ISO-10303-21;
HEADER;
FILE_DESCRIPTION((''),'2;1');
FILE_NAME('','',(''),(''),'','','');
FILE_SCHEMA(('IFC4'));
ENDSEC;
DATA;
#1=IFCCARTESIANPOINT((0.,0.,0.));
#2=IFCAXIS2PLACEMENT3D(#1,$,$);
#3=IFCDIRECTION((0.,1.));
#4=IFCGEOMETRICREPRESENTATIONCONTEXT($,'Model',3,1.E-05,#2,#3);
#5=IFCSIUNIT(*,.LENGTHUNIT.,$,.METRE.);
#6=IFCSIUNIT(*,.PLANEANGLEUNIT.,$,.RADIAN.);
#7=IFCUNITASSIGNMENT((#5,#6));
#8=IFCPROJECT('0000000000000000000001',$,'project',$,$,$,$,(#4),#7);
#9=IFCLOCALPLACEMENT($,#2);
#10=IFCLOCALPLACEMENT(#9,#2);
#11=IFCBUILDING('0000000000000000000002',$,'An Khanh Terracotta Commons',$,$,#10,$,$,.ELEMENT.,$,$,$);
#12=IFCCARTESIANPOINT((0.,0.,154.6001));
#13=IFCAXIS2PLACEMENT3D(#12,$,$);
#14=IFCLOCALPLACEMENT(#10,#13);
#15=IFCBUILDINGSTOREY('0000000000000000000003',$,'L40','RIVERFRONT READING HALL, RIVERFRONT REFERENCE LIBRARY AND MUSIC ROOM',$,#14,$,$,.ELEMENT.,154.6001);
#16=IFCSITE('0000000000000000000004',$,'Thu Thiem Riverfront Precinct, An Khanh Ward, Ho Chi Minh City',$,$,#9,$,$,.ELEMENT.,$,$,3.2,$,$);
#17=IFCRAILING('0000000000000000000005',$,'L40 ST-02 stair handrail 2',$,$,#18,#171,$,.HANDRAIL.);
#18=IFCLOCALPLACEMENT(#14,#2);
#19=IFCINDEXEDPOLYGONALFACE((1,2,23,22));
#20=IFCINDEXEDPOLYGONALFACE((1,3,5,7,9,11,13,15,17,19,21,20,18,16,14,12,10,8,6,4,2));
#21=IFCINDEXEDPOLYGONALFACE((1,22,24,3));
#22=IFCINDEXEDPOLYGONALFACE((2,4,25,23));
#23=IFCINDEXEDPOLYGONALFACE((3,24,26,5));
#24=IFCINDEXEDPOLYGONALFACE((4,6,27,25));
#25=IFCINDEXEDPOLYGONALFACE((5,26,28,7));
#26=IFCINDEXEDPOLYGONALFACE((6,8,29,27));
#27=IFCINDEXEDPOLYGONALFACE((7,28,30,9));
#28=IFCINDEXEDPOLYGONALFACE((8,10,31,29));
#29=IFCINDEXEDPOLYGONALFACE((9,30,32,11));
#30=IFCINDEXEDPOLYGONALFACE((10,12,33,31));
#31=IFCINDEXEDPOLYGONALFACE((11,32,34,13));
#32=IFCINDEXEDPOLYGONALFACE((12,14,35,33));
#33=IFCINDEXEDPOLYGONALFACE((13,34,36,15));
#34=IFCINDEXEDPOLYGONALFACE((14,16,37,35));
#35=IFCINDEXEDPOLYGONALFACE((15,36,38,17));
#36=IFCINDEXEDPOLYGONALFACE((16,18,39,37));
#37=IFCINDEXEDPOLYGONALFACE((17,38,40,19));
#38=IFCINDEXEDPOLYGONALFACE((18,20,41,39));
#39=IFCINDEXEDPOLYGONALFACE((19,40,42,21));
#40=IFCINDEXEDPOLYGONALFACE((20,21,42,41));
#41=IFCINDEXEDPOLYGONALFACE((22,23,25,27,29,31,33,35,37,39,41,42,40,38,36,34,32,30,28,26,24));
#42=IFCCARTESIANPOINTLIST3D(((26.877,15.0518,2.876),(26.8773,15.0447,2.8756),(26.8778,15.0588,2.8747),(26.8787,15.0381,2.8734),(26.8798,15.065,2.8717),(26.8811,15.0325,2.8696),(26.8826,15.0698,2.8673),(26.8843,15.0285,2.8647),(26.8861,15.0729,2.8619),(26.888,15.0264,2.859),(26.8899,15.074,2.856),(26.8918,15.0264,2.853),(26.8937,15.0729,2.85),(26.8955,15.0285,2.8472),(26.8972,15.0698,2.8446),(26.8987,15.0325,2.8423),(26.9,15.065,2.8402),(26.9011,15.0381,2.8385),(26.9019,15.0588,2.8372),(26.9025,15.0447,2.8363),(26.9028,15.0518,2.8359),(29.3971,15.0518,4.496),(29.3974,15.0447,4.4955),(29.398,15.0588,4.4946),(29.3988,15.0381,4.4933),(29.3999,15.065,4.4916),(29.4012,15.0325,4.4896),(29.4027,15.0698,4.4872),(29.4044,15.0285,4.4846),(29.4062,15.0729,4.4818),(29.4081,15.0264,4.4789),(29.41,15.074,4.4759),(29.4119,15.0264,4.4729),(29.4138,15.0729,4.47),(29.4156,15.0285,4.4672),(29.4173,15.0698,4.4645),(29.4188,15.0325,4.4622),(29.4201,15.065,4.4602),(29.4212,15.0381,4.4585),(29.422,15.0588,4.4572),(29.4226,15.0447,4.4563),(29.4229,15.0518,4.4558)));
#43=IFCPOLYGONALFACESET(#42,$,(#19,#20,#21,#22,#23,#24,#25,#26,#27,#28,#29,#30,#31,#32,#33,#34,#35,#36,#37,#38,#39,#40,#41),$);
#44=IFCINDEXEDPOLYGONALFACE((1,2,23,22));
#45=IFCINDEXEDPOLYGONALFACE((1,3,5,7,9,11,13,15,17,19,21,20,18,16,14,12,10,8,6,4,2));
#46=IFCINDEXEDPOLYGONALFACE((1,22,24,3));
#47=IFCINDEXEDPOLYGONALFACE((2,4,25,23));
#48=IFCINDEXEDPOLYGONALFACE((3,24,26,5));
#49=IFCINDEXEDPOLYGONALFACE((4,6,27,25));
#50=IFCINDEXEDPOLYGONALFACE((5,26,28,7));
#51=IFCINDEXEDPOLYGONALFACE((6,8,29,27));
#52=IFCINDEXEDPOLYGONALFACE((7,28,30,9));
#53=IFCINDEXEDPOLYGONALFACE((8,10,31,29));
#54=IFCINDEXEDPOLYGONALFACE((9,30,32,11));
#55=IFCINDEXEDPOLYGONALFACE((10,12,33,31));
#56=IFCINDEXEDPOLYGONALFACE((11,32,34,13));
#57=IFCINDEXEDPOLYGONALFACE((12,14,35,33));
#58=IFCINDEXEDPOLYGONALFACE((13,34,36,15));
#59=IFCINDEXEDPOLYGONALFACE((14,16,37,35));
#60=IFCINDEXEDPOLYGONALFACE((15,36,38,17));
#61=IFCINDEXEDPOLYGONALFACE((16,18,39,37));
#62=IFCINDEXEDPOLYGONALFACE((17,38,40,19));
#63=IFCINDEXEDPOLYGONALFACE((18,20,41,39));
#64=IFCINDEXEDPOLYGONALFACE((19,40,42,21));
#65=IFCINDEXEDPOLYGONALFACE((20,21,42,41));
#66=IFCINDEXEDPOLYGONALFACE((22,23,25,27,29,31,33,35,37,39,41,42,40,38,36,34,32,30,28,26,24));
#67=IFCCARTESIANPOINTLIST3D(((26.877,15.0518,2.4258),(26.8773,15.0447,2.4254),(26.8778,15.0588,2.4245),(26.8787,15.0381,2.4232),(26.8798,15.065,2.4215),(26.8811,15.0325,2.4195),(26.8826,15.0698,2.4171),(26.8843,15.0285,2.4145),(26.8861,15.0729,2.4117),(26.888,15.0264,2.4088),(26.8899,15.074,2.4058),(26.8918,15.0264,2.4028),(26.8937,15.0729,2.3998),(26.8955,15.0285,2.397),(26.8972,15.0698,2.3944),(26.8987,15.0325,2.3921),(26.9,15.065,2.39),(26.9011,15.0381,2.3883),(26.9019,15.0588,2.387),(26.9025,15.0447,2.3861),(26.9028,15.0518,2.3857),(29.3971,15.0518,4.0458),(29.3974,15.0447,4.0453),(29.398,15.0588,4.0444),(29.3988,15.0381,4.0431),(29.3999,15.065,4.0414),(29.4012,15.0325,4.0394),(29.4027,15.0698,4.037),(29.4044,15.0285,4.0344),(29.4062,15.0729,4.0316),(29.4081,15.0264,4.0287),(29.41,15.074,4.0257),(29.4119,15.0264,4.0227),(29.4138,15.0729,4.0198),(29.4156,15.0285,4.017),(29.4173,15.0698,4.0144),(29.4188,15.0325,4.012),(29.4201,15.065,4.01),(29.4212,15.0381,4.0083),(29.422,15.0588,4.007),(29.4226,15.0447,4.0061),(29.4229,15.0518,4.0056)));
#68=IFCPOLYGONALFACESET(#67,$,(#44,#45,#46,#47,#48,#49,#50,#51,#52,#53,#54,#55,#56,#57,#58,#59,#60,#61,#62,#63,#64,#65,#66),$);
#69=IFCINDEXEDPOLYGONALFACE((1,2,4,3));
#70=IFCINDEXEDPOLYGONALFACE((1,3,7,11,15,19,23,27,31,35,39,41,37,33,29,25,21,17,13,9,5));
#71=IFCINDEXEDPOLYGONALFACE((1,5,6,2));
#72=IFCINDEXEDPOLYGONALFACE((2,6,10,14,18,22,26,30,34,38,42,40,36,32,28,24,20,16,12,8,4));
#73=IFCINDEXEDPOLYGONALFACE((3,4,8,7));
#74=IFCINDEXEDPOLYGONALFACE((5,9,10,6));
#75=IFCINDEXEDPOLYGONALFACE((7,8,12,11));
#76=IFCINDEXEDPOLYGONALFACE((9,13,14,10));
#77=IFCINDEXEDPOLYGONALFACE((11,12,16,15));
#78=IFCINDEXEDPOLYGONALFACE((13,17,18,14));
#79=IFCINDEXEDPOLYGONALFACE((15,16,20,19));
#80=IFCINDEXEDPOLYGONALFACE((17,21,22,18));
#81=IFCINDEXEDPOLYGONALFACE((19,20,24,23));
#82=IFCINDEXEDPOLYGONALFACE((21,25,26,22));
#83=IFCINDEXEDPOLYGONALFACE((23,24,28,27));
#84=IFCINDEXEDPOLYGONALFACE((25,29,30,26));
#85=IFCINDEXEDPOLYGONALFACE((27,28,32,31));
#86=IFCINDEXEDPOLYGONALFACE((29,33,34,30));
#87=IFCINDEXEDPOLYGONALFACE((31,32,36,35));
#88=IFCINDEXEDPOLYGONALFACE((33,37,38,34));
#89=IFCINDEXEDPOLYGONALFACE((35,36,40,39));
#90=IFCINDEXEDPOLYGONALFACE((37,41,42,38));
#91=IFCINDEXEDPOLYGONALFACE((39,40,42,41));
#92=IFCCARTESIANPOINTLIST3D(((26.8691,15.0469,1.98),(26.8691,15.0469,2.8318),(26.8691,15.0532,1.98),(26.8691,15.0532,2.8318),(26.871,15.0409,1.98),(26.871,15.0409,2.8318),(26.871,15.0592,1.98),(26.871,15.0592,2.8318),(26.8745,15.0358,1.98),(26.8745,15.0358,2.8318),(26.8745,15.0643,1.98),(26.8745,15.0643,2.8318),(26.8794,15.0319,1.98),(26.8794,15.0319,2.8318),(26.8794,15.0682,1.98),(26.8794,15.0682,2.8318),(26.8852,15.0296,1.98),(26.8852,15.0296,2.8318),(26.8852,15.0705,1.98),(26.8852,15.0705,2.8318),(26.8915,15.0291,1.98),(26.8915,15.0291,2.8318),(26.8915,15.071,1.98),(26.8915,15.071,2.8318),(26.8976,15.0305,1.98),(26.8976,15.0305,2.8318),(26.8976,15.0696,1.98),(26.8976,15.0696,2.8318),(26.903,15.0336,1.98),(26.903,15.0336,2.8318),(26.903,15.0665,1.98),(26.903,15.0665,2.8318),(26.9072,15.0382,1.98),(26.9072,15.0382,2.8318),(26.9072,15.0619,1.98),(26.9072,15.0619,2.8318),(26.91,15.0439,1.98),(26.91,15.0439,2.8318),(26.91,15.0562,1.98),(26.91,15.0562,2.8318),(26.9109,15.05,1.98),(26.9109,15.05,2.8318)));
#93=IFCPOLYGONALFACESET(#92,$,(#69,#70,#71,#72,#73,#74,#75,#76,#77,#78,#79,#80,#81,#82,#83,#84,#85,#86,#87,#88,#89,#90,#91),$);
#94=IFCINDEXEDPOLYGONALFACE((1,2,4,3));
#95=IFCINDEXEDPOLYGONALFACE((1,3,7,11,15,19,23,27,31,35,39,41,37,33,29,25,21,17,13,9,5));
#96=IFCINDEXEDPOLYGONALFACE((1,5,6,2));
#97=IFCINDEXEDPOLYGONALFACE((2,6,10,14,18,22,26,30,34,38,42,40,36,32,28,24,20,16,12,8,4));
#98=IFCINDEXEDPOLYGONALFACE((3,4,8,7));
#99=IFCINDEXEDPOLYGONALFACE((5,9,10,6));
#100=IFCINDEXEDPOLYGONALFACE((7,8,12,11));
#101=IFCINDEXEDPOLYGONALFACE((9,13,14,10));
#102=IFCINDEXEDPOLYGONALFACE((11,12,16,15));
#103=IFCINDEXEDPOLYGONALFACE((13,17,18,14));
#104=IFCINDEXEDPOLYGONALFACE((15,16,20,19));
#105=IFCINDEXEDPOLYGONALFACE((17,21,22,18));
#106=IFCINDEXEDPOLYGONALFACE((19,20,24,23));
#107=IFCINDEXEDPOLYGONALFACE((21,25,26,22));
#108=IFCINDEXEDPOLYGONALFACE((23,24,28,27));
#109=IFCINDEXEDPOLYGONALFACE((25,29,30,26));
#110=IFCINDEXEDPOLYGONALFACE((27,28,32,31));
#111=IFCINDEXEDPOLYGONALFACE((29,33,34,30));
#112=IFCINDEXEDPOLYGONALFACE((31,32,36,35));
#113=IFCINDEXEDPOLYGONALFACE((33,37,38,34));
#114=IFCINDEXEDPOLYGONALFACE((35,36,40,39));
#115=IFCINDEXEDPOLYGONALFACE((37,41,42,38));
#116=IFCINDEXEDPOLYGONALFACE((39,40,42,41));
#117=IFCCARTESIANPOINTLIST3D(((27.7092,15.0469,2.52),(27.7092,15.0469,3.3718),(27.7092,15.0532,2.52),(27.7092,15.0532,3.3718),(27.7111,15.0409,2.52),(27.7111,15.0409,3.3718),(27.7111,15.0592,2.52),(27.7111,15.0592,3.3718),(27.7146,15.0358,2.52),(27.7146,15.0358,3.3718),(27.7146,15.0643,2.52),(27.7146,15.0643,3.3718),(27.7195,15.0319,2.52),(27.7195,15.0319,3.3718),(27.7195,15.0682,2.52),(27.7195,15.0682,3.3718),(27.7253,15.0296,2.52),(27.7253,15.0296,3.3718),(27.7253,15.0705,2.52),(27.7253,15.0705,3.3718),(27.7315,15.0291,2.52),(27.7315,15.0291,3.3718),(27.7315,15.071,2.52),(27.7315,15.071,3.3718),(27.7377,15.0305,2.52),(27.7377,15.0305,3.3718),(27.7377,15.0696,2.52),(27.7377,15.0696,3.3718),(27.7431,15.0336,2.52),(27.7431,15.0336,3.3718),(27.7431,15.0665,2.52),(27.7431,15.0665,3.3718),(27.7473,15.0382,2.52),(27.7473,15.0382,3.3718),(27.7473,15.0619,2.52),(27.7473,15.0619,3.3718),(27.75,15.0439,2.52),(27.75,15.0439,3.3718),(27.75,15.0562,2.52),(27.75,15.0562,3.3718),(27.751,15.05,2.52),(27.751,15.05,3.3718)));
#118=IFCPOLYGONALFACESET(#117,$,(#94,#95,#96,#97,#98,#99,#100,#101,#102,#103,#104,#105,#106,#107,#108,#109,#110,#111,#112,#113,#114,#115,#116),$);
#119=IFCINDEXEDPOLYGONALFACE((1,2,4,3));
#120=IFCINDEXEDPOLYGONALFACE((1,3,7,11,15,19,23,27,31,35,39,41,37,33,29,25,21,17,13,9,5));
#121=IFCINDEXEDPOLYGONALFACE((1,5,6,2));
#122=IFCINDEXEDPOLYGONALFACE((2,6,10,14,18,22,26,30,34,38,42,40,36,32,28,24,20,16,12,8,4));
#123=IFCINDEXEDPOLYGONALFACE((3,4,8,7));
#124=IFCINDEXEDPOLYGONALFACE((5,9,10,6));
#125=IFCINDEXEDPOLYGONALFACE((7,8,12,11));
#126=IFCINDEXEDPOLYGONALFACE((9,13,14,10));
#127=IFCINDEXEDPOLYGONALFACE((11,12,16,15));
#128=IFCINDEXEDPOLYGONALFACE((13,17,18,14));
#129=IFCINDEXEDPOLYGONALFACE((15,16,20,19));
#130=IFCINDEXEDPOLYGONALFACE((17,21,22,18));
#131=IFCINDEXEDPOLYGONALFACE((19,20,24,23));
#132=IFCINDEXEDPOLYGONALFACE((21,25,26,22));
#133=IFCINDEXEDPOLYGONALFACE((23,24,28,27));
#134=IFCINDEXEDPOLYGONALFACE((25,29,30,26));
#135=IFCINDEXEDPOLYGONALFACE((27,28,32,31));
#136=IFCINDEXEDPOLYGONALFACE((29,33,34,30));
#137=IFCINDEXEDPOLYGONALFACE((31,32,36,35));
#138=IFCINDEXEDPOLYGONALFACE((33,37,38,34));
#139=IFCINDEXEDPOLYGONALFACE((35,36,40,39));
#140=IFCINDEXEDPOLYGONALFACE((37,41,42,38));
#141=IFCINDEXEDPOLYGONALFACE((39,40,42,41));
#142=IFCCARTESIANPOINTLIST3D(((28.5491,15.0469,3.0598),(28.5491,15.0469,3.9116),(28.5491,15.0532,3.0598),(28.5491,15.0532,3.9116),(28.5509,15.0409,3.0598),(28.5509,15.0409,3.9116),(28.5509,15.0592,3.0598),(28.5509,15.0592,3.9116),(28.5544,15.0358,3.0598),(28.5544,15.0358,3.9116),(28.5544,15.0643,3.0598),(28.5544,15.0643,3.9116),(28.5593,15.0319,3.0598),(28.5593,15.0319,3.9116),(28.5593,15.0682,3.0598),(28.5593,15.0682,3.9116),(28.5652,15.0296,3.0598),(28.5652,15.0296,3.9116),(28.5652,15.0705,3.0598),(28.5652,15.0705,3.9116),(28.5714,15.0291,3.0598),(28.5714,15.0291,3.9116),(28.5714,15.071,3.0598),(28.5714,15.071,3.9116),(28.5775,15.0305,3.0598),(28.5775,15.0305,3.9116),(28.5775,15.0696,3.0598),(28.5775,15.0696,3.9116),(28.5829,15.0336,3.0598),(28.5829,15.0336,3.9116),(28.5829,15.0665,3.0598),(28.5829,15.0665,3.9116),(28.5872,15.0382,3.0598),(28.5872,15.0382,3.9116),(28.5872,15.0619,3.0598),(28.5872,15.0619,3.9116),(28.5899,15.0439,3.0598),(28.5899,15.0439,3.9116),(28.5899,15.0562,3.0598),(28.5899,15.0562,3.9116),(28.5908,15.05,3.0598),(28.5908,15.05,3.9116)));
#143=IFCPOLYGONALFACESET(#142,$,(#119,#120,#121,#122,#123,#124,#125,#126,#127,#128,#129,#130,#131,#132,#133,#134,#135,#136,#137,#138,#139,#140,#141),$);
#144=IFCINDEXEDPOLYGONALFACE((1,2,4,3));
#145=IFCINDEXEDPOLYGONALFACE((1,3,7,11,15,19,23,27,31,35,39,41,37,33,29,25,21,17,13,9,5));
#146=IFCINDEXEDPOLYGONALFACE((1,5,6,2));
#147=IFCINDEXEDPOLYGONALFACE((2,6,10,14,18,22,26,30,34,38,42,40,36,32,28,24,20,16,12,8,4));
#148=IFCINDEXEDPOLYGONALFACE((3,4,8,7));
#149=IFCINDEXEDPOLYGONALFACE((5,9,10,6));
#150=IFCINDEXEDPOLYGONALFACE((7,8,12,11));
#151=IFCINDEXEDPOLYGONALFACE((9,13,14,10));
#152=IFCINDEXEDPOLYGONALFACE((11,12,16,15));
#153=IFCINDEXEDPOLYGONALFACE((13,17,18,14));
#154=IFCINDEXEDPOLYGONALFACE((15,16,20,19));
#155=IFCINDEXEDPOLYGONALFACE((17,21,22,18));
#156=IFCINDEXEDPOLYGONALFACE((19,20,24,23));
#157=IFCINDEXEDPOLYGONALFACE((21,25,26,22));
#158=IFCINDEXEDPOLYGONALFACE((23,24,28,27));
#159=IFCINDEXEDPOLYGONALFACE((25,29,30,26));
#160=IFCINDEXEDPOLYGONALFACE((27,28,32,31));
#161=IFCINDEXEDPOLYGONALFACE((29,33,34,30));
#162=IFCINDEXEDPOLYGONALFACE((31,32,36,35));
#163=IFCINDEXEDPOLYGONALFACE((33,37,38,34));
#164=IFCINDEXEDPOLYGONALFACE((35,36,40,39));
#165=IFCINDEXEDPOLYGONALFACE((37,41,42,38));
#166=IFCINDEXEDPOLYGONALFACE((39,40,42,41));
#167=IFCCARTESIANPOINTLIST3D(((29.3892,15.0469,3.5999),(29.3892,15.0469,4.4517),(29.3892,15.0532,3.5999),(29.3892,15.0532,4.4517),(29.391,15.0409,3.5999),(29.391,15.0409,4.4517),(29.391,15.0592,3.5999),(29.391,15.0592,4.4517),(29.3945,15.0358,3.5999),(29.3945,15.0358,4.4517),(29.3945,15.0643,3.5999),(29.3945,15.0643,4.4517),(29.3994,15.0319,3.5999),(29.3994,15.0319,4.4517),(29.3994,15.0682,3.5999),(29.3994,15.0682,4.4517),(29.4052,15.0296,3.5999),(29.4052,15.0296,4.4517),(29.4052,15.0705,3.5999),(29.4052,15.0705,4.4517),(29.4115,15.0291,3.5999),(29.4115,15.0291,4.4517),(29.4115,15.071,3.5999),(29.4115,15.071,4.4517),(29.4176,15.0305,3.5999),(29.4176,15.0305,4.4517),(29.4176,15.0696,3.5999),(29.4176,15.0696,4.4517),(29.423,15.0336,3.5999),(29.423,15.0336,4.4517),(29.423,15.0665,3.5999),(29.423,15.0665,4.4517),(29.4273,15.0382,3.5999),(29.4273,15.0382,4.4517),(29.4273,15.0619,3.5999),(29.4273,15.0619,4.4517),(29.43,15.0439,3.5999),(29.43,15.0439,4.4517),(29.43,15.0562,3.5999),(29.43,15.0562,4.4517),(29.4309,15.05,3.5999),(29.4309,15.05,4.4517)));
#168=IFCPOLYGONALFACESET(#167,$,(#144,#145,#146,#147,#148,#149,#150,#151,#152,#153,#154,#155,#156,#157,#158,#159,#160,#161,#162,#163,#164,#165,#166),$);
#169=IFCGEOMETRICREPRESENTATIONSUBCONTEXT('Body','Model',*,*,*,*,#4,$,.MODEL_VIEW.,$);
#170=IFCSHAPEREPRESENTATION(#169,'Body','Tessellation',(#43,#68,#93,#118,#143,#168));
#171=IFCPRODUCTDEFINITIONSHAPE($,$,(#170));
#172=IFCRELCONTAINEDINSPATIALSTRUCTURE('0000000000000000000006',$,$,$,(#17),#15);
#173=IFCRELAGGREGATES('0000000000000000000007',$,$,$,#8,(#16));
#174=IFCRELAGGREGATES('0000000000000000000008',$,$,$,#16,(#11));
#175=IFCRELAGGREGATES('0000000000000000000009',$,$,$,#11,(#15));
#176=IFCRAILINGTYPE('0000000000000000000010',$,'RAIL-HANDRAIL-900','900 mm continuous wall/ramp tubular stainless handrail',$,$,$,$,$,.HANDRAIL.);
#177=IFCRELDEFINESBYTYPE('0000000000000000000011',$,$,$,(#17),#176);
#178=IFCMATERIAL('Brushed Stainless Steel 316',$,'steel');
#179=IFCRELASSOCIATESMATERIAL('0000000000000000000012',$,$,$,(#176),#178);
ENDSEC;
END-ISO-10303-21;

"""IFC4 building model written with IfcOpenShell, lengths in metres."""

from ifc_helpers import new_model, si_unit, direction, frame, origin, origin_2d, place, context, subcontext, project, spatial, circle, extrude, material, type_object, element, save


model = new_model("IFC4")

# Units and contexts
model_context = context("Model", 3, precision=1e-05, world=origin(), true_north=direction((0.0, 1.0)))
body_context = subcontext(model_context, "Body", "Model", "MODEL_VIEW")
ifc_project = project(units=[si_unit("LENGTHUNIT", "METRE"), si_unit("PLANEANGLEUNIT", "RADIAN")], contexts=[model_context])

# Site, building, storey
site_placement = place(None, origin())
site = spatial("IfcSite", under=ifc_project, at=site_placement, Name="Thu Thiem Riverfront Precinct, An Khanh Ward, Ho Chi Minh City", CompositionType="ELEMENT", RefElevation=3.2)
building_placement = place(site_placement, origin())
building = spatial("IfcBuilding", under=site, at=building_placement, Name="An Khanh Terracotta Commons", CompositionType="ELEMENT")
storey_placement = place(building_placement, frame((0.0, 0.0, 154.6001)))
storey = spatial("IfcBuildingStorey", under=building, at=storey_placement, Name="L40", Description="RIVERFRONT READING HALL, RIVERFRONT REFERENCE LIBRARY AND MUSIC ROOM", CompositionType="ELEMENT", Elevation=154.6001)

# Railing
ifc_material_1 = material(Name="Brushed Stainless Steel 316", Category="steel")
railing_type_1 = type_object("IfcRailingType", Name="RAIL-HANDRAIL-900", Description="900 mm continuous wall/ramp tubular stainless handrail", PredefinedType="HANDRAIL", material=ifc_material_1)
railing_1_placement = place(storey_placement, frame((26.8899, 15.05, 1.98)))
element("IfcRailing", 1, at=railing_1_placement, inside=storey, type_object=railing_type_1, Name="L40 ST-02 stair handrail 2", PredefinedType="HANDRAIL", context=body_context, shape_type="SweptSolid", body=[
    extrude(circle(Radius=0.0239, at=origin_2d()), frame((0.0, 0.0, 0.876), z_axis=(0.8412, 0.0, 0.540725), x_axis=(0.0, 1.0, 0.0)), (0.0, 0.0, 1.0), 2.9958),
    extrude(circle(Radius=0.0239, at=origin_2d()), frame((0.0, 0.0, 0.4258), z_axis=(0.8412, 0.0, 0.540725), x_axis=(0.0, 1.0, 0.0)), (0.0, 0.0, 1.0), 2.9958),
    extrude(circle(Radius=0.021, at=origin_2d()), origin(), (0.0, 0.0, 1.0), 0.8518),
    extrude(circle(Radius=0.021, at=origin_2d()), frame((0.8401, 0.0, 0.54)), (0.0, 0.0, 1.0), 0.8518),
    extrude(circle(Radius=0.021, at=origin_2d()), frame((1.6799, 0.0, 1.0798)), (0.0, 0.0, 1.0), 0.8518),
    extrude(circle(Radius=0.021, at=origin_2d()), frame((2.52, 0.0, 1.6199)), (0.0, 0.0, 1.0), 0.8518),
])

save(model, "model.ifc")
